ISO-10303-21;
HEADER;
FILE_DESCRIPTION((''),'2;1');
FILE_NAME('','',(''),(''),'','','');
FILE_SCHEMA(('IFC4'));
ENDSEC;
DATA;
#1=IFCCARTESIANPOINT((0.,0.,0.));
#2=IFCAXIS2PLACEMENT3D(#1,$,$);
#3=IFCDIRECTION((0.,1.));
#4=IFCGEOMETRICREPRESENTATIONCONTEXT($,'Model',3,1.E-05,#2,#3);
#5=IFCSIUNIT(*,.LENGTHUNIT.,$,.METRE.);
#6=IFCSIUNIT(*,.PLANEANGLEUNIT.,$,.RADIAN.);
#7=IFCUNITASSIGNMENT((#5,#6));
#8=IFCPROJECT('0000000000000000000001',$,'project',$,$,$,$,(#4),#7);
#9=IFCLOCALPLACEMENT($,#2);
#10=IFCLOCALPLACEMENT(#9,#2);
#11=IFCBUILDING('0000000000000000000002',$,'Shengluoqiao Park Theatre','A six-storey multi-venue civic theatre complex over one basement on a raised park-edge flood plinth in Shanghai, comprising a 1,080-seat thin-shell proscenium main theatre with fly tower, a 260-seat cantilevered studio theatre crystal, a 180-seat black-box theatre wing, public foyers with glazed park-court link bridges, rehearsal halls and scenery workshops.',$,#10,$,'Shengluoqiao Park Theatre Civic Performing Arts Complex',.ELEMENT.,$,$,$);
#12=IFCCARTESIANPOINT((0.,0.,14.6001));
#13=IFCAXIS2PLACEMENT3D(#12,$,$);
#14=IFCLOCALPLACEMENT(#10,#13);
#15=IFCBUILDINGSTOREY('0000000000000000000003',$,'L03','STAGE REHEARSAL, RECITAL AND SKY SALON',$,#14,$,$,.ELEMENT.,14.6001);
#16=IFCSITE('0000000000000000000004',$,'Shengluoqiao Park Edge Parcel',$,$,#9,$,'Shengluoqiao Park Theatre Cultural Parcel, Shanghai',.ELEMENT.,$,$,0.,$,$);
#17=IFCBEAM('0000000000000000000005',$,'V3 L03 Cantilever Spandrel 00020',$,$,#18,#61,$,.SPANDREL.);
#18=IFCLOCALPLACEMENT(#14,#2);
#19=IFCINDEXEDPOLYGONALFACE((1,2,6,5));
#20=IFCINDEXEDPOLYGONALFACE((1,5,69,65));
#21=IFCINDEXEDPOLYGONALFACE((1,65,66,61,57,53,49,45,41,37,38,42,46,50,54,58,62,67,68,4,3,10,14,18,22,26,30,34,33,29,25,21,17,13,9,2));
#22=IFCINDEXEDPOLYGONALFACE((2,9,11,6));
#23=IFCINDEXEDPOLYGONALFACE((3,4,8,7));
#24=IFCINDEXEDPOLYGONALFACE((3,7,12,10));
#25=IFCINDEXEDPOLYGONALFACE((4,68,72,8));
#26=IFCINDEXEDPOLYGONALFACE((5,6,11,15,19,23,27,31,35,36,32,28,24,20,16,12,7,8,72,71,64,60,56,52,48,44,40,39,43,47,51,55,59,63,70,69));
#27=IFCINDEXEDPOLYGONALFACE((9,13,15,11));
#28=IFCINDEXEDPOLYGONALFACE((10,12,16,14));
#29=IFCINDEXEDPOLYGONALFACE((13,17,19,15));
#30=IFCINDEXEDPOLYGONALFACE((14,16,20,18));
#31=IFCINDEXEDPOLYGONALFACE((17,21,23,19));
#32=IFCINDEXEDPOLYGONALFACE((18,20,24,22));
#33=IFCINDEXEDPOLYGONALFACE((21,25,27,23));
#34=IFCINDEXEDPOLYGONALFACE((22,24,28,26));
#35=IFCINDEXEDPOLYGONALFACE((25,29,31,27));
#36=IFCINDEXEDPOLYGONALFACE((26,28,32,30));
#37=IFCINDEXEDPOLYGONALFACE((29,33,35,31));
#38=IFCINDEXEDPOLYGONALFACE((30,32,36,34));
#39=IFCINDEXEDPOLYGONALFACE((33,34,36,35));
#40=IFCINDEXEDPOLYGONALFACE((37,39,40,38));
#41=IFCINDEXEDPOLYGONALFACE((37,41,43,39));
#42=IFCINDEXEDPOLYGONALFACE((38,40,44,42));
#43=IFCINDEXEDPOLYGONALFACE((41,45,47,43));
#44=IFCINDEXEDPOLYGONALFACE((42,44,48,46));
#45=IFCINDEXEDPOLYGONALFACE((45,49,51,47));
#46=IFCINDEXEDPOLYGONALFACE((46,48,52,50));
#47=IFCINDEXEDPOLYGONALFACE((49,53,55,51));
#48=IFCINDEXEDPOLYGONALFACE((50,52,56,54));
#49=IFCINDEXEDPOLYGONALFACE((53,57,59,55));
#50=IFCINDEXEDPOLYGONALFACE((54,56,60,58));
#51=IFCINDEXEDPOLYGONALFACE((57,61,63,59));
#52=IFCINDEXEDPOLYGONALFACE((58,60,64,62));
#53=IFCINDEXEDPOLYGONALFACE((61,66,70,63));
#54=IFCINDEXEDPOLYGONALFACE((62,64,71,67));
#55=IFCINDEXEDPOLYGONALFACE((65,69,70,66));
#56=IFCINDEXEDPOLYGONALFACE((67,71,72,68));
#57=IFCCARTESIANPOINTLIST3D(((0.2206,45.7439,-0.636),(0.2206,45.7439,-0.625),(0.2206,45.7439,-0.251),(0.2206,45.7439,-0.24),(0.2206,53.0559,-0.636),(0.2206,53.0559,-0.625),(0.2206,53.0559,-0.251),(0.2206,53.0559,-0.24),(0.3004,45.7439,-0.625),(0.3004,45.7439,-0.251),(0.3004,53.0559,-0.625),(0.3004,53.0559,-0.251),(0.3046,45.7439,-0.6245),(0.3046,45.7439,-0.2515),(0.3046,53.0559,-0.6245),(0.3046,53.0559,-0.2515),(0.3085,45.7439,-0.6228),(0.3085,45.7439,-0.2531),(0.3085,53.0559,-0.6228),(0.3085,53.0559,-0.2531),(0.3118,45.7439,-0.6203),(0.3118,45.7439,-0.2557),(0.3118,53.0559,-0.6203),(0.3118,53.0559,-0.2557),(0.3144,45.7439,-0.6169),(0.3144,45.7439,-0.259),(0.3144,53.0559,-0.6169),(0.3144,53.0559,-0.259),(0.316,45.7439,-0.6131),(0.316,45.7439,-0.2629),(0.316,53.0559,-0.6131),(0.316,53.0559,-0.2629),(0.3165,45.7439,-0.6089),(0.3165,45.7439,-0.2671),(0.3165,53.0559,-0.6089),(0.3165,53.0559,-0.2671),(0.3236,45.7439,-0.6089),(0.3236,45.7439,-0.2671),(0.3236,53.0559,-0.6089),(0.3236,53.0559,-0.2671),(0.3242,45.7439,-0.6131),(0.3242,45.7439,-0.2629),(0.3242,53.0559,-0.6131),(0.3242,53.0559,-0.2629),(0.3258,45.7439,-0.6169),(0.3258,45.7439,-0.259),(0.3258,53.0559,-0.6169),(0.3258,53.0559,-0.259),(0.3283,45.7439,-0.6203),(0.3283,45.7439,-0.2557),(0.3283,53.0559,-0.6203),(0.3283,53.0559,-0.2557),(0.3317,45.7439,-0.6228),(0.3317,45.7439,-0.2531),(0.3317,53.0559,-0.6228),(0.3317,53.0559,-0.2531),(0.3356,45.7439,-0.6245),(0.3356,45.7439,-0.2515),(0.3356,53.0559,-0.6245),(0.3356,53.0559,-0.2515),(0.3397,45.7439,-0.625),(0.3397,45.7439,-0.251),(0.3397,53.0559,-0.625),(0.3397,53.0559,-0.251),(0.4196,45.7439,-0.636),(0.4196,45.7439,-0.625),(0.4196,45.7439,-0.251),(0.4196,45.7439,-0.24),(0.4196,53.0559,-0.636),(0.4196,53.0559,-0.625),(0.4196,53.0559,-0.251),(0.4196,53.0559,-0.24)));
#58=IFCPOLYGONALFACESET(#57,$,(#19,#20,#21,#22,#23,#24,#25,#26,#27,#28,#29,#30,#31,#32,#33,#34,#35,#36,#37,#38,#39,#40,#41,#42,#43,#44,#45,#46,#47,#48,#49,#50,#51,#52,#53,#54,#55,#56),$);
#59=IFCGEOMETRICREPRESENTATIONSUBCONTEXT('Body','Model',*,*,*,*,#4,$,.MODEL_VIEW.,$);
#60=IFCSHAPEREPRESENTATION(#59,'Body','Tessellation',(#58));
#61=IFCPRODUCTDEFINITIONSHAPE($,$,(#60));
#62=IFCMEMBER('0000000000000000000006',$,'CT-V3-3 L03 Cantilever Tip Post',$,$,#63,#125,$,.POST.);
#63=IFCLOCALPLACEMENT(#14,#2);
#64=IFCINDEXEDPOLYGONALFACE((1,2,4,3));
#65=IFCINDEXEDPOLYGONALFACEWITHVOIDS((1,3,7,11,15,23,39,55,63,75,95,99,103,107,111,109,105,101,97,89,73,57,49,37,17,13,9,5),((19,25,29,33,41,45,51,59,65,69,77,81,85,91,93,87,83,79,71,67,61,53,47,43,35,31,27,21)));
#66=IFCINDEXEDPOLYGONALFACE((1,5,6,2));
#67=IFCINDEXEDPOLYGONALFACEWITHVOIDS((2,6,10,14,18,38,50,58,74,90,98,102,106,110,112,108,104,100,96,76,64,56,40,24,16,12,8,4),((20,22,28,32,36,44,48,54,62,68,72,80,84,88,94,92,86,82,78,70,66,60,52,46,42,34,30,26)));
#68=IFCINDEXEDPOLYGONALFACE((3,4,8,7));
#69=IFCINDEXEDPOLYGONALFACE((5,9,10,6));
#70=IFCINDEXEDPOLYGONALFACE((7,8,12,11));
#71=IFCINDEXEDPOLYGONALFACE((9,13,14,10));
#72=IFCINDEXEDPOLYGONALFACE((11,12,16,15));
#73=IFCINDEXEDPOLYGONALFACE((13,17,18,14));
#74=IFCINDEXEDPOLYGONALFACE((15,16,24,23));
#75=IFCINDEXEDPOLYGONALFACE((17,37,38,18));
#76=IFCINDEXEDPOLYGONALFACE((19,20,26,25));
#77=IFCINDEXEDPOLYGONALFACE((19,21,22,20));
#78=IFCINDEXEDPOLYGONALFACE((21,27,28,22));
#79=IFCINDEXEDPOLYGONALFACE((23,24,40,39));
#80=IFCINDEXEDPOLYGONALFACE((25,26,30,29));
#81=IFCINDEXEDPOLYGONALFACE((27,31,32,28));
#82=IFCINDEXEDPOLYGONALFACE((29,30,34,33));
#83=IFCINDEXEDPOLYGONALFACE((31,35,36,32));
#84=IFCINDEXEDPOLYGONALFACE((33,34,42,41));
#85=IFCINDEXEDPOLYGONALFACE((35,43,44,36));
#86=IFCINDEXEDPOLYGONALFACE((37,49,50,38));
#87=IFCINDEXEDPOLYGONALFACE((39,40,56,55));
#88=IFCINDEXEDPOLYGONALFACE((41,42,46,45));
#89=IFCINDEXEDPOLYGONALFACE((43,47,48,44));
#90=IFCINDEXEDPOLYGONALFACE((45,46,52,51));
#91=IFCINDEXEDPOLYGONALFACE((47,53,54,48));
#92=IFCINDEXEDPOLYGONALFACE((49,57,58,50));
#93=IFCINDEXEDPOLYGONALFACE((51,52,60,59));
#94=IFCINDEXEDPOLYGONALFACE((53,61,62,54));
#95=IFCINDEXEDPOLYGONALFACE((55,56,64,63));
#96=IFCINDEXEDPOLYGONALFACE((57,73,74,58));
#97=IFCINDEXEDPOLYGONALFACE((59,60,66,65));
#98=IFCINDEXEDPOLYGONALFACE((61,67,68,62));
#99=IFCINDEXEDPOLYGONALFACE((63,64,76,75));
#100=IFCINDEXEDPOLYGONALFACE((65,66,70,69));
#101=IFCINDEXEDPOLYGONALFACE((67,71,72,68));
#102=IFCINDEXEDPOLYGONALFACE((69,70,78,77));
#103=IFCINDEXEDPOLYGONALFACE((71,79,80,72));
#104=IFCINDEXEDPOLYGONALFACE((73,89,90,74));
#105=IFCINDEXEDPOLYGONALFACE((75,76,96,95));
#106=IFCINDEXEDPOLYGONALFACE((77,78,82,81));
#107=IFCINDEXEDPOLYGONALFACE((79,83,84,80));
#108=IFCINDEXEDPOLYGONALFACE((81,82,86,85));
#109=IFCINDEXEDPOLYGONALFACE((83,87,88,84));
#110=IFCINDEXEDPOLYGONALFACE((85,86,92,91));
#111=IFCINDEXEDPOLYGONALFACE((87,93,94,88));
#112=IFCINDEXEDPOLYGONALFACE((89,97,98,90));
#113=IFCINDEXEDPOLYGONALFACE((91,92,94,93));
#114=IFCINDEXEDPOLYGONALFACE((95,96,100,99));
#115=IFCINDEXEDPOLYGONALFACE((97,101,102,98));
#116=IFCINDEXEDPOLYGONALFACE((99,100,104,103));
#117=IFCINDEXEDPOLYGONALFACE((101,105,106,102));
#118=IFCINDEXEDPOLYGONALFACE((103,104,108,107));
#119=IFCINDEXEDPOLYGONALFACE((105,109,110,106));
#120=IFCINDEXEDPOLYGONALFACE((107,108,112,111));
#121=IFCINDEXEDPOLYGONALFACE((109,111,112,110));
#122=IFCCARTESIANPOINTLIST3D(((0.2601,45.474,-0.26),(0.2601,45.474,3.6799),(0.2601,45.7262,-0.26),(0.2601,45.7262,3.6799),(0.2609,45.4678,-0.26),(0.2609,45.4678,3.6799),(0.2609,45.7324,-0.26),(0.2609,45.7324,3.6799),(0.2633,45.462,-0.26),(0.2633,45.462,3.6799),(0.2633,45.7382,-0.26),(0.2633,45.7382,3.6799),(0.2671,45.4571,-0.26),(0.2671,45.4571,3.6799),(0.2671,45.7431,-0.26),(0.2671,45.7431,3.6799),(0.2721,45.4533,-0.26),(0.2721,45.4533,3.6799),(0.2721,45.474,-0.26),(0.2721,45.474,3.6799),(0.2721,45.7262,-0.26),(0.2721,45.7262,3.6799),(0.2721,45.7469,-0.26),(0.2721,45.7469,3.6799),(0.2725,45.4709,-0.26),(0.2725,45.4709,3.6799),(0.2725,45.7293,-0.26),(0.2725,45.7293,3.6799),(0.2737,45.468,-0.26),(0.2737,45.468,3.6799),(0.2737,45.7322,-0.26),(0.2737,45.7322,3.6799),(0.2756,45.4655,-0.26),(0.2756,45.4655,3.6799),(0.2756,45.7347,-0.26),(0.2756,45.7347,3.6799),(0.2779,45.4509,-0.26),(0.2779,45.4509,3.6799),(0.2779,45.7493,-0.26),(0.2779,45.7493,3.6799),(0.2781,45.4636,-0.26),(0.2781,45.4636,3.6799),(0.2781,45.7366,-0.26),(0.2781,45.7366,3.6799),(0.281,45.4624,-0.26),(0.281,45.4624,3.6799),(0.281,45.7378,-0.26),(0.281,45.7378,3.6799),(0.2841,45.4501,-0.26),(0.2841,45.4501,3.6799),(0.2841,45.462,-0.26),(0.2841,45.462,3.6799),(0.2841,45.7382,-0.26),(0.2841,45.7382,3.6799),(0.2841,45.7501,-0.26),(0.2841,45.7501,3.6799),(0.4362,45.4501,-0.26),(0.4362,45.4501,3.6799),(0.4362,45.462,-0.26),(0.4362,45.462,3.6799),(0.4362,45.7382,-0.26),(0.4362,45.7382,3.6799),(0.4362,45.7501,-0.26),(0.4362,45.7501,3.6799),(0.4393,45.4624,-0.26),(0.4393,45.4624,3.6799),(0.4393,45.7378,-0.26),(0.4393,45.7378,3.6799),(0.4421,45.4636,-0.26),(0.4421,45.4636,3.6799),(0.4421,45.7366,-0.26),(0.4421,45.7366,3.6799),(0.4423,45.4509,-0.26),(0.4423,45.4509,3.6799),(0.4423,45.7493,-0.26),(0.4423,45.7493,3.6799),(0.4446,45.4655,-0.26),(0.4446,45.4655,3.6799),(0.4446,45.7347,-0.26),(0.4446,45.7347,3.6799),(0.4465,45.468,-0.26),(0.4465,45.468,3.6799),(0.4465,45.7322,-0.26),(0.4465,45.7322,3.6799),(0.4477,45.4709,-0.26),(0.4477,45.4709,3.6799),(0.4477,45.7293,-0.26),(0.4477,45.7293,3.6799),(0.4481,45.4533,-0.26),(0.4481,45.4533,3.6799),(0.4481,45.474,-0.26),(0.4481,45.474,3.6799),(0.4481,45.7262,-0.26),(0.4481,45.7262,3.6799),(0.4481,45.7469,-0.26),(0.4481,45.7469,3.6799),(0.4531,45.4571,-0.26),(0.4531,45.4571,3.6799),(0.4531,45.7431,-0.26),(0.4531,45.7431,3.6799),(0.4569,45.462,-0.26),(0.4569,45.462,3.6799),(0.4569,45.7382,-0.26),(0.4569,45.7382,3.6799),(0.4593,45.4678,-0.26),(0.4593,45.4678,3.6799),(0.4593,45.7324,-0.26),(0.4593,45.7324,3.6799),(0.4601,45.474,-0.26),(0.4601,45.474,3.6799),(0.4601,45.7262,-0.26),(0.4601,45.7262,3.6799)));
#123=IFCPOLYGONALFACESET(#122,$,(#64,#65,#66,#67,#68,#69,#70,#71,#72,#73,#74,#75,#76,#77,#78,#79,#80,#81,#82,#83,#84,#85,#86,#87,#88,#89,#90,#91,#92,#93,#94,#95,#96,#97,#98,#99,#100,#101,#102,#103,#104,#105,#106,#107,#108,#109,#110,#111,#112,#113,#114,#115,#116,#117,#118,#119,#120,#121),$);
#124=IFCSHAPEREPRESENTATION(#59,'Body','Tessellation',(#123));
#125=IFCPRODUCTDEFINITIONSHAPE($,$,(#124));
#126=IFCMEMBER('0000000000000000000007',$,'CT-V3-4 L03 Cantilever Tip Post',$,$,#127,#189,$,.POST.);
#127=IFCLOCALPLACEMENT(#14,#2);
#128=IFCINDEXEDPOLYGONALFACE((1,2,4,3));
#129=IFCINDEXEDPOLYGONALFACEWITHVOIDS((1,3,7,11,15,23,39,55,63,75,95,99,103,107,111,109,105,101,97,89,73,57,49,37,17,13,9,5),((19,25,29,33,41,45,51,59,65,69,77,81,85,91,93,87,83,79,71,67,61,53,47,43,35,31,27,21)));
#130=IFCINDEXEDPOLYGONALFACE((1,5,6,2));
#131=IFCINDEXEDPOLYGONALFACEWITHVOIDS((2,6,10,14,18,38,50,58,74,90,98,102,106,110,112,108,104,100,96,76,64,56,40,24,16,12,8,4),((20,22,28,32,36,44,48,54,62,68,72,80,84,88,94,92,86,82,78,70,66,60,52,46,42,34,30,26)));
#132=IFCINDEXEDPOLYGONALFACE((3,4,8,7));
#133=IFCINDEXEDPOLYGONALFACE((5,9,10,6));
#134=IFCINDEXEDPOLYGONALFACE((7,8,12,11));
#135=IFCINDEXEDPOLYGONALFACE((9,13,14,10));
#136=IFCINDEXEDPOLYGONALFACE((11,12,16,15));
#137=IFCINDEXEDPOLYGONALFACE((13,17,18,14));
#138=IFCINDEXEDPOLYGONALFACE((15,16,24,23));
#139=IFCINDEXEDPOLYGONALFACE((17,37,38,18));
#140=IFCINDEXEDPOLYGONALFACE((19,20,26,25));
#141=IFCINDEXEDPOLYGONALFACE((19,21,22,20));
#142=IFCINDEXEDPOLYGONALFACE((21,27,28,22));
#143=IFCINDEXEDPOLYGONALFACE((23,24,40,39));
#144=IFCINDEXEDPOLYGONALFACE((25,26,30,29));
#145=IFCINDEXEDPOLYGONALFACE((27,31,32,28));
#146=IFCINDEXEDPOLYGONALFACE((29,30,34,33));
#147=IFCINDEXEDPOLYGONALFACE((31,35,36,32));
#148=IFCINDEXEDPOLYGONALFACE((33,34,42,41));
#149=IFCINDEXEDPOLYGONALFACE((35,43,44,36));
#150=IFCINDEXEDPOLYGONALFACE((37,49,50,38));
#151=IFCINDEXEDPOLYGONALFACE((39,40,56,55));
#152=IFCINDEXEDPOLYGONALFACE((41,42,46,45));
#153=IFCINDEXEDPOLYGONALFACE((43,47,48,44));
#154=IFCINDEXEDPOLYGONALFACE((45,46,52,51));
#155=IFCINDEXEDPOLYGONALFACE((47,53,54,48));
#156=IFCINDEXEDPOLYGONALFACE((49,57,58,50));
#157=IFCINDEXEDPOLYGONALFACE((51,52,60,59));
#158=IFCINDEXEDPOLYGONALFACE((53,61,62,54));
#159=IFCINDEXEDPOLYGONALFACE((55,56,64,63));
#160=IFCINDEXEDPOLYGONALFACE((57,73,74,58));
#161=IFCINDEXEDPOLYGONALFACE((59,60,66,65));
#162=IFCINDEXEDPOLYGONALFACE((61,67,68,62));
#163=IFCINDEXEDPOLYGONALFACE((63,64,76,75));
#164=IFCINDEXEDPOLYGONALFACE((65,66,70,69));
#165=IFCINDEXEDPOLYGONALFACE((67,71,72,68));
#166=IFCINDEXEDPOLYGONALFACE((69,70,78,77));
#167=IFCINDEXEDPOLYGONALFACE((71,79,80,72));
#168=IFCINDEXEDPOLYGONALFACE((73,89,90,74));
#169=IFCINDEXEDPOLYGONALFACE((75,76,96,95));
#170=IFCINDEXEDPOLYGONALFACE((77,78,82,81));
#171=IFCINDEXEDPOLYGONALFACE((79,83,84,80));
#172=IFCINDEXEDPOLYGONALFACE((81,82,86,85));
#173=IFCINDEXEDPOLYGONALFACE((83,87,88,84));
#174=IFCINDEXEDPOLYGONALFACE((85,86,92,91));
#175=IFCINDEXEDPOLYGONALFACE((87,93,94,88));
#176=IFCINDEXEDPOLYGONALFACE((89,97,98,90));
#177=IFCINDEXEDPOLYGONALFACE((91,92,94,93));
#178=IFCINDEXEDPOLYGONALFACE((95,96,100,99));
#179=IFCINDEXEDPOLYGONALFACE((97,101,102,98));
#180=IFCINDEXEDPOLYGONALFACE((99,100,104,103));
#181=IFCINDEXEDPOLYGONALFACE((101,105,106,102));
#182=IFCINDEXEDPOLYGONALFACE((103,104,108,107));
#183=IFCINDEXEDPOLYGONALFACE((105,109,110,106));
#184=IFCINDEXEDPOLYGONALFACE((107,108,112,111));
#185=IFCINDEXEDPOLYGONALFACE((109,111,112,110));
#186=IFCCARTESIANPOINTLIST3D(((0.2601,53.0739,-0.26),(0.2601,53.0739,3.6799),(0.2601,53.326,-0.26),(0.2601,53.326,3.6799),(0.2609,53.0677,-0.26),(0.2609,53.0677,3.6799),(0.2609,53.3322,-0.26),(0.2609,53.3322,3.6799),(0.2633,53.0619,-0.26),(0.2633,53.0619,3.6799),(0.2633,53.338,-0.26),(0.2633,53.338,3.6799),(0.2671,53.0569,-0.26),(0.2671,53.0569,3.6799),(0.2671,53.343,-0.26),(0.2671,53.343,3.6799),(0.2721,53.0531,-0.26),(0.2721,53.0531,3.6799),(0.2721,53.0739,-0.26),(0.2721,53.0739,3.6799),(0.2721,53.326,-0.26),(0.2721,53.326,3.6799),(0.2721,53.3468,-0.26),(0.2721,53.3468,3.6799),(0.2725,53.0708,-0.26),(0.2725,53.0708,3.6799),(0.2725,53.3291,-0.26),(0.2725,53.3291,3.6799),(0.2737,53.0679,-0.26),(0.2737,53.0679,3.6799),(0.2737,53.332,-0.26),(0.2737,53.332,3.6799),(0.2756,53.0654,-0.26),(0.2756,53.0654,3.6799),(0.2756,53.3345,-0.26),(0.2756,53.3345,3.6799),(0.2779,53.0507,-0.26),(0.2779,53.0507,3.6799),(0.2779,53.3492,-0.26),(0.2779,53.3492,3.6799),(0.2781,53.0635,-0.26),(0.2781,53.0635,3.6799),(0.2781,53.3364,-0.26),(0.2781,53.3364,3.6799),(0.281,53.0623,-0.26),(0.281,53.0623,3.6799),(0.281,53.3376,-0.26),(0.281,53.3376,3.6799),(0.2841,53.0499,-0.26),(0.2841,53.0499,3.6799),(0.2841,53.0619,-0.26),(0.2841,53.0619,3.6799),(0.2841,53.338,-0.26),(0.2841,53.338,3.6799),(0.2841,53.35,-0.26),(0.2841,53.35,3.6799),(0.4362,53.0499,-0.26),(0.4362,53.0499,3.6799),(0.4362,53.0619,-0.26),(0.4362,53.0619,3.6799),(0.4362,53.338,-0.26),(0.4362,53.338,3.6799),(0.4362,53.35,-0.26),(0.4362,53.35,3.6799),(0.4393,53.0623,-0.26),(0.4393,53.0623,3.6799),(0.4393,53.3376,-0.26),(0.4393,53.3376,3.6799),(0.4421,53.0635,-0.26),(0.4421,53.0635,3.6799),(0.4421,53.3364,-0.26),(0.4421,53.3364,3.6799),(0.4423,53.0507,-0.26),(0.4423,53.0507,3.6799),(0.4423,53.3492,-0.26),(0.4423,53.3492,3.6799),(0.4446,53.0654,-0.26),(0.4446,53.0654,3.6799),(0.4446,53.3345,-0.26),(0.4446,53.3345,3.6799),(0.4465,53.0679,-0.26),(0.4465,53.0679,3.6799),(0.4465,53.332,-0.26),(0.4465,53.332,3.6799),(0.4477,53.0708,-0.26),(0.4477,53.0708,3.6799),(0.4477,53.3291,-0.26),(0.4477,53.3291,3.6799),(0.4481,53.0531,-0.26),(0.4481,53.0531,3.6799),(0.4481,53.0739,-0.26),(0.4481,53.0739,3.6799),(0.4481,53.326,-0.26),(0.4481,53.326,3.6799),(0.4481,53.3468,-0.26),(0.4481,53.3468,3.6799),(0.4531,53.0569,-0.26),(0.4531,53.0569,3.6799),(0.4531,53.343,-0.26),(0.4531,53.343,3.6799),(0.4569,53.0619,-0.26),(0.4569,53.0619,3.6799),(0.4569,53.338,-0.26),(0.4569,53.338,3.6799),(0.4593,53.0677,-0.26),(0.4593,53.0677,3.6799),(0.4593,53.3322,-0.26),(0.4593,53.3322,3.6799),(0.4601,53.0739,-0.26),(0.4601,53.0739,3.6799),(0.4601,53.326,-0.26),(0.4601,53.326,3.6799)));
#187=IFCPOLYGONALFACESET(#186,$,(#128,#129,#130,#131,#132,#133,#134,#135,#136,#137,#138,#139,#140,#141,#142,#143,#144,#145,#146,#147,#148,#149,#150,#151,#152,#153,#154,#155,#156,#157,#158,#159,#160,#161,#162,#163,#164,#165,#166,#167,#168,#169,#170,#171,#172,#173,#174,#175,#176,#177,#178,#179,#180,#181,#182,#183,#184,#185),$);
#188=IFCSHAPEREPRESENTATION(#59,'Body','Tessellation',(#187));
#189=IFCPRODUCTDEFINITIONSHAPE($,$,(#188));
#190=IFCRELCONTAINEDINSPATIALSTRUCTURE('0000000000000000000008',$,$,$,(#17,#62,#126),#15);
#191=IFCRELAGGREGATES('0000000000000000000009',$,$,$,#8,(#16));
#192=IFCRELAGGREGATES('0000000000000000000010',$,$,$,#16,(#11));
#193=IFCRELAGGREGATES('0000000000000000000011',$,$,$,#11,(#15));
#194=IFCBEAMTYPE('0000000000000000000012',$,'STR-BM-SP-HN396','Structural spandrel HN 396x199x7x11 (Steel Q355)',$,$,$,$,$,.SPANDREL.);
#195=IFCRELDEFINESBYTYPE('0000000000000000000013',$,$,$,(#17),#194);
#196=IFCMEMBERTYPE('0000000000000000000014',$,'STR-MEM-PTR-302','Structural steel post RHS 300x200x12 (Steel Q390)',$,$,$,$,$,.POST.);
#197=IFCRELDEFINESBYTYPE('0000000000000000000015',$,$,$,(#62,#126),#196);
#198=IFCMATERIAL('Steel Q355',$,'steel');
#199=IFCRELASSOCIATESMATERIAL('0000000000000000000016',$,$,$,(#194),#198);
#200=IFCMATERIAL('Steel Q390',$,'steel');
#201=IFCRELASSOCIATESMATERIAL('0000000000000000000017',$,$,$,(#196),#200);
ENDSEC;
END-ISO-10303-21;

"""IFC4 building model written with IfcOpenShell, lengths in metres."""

from ifc_helpers import new_model, si_unit, direction, frame, origin, origin_2d, place, context, subcontext, project, spatial, hollow_rectangle, i_section, extrude, material, material_profile, profile_set, type_object, element, save


model = new_model("IFC4")

# Units and contexts
model_context = context("Model", 3, precision=1e-05, world=origin(), true_north=direction((0.0, 1.0)))
body_context = subcontext(model_context, "Body", "Model", "MODEL_VIEW")
ifc_project = project(units=[si_unit("LENGTHUNIT", "METRE"), si_unit("PLANEANGLEUNIT", "RADIAN")], contexts=[model_context])

# Site, building, storey
site_placement = place(None, origin())
site = spatial("IfcSite", under=ifc_project, at=site_placement, Name="Shengluoqiao Park Edge Parcel", LongName="Shengluoqiao Park Theatre Cultural Parcel, Shanghai", CompositionType="ELEMENT", RefElevation=0.0)
building_placement = place(site_placement, origin())
building = spatial("IfcBuilding", under=site, at=building_placement, Name="Shengluoqiao Park Theatre", Description="A six-storey multi-venue civic theatre complex over one basement on a raised park-edge flood plinth in Shanghai, comprising a 1,080-seat thin-shell proscenium main theatre with fly tower, a 260-seat cantilevered studio theatre crystal, a 180-seat black-box theatre wing, public foyers with glazed park-court link bridges, rehearsal halls and scenery workshops.", LongName="Shengluoqiao Park Theatre Civic Performing Arts Complex", CompositionType="ELEMENT")
storey_placement = place(building_placement, frame((0.0, 0.0, 14.6001)))
storey = spatial("IfcBuildingStorey", under=building, at=storey_placement, Name="L03", Description="STAGE REHEARSAL, RECITAL AND SKY SALON", CompositionType="ELEMENT", Elevation=14.6001)

# Beam
ifc_material_1 = material(Name="Steel Q390", Category="steel")
ifc_material_2 = material(Name="Steel Q355", Category="steel")
ifc_material_profile_1 = material_profile(ifc_material_2, i_section(OverallWidth=0.199, OverallDepth=0.396, WebThickness=0.0071, FlangeThickness=0.011, FilletRadius=0.0161, at=origin_2d()), Name="HN 396x199x7x11")
ifc_profile_set_1 = profile_set([ifc_material_profile_1], Name="Steel Q355")
beam_type_1 = type_object("IfcBeamType", Name="STR-BM-SP-HN396", Description="Structural spandrel HN 396x199x7x11 (Steel Q355)", PredefinedType="SPANDREL", material=ifc_profile_set_1)
beam_placement = place(storey_placement, frame((0.3201, 45.7439, -0.438), z_axis=(0.0, 1.0, 0.0), x_axis=(-1.0, 0.0, 0.0)))
element("IfcBeam", 1, at=beam_placement, inside=storey, type_object=beam_type_1, Name="V3 L03 Cantilever Spandrel 00020", PredefinedType="SPANDREL", context=body_context, shape_type="SweptSolid", body=[
    extrude(i_section(OverallWidth=0.199, OverallDepth=0.396, WebThickness=0.0071, FlangeThickness=0.011, FilletRadius=0.0161, at=origin_2d()), origin(), (0.0, 0.0, 1.0), 7.312),
])

# Members
ifc_material_profile_2 = material_profile(ifc_material_1, hollow_rectangle(XDim=0.2, YDim=0.3, WallThickness=0.012, InnerFilletRadius=0.012, OuterFilletRadius=0.0239, at=origin_2d()), Name="RHS 300x200x12")
ifc_profile_set_2 = profile_set([ifc_material_profile_2], Name="Steel Q390")
member_type_1 = type_object("IfcMemberType", Name="STR-MEM-PTR-302", Description="Structural steel post RHS 300x200x12 (Steel Q390)", PredefinedType="POST", material=ifc_profile_set_2)
for number, where, z_axis, x_axis, name in (
    (2, (0.3601, 45.6001, -0.26), (0.0, 0.0, 1.0), (1.0, 0.0, 0.0), "CT-V3-3 L03 Cantilever Tip Post"),
    (3, (0.3601, 53.2, -0.26), (0.0, 0.0, 1.0), (1.0, 0.0, 0.0), "CT-V3-4 L03 Cantilever Tip Post"),
):
    element("IfcMember", number, at=place(storey_placement, frame(where, z_axis=z_axis, x_axis=x_axis)), inside=storey, type_object=member_type_1, Name=name, PredefinedType="POST", context=body_context, shape_type="SweptSolid", body=[
        extrude(hollow_rectangle(XDim=0.2, YDim=0.3, WallThickness=0.012, InnerFilletRadius=0.012, OuterFilletRadius=0.0239, at=origin_2d()), origin(), (0.0, 0.0, 1.0), 3.9399),
    ])

save(model, "model.ifc")
